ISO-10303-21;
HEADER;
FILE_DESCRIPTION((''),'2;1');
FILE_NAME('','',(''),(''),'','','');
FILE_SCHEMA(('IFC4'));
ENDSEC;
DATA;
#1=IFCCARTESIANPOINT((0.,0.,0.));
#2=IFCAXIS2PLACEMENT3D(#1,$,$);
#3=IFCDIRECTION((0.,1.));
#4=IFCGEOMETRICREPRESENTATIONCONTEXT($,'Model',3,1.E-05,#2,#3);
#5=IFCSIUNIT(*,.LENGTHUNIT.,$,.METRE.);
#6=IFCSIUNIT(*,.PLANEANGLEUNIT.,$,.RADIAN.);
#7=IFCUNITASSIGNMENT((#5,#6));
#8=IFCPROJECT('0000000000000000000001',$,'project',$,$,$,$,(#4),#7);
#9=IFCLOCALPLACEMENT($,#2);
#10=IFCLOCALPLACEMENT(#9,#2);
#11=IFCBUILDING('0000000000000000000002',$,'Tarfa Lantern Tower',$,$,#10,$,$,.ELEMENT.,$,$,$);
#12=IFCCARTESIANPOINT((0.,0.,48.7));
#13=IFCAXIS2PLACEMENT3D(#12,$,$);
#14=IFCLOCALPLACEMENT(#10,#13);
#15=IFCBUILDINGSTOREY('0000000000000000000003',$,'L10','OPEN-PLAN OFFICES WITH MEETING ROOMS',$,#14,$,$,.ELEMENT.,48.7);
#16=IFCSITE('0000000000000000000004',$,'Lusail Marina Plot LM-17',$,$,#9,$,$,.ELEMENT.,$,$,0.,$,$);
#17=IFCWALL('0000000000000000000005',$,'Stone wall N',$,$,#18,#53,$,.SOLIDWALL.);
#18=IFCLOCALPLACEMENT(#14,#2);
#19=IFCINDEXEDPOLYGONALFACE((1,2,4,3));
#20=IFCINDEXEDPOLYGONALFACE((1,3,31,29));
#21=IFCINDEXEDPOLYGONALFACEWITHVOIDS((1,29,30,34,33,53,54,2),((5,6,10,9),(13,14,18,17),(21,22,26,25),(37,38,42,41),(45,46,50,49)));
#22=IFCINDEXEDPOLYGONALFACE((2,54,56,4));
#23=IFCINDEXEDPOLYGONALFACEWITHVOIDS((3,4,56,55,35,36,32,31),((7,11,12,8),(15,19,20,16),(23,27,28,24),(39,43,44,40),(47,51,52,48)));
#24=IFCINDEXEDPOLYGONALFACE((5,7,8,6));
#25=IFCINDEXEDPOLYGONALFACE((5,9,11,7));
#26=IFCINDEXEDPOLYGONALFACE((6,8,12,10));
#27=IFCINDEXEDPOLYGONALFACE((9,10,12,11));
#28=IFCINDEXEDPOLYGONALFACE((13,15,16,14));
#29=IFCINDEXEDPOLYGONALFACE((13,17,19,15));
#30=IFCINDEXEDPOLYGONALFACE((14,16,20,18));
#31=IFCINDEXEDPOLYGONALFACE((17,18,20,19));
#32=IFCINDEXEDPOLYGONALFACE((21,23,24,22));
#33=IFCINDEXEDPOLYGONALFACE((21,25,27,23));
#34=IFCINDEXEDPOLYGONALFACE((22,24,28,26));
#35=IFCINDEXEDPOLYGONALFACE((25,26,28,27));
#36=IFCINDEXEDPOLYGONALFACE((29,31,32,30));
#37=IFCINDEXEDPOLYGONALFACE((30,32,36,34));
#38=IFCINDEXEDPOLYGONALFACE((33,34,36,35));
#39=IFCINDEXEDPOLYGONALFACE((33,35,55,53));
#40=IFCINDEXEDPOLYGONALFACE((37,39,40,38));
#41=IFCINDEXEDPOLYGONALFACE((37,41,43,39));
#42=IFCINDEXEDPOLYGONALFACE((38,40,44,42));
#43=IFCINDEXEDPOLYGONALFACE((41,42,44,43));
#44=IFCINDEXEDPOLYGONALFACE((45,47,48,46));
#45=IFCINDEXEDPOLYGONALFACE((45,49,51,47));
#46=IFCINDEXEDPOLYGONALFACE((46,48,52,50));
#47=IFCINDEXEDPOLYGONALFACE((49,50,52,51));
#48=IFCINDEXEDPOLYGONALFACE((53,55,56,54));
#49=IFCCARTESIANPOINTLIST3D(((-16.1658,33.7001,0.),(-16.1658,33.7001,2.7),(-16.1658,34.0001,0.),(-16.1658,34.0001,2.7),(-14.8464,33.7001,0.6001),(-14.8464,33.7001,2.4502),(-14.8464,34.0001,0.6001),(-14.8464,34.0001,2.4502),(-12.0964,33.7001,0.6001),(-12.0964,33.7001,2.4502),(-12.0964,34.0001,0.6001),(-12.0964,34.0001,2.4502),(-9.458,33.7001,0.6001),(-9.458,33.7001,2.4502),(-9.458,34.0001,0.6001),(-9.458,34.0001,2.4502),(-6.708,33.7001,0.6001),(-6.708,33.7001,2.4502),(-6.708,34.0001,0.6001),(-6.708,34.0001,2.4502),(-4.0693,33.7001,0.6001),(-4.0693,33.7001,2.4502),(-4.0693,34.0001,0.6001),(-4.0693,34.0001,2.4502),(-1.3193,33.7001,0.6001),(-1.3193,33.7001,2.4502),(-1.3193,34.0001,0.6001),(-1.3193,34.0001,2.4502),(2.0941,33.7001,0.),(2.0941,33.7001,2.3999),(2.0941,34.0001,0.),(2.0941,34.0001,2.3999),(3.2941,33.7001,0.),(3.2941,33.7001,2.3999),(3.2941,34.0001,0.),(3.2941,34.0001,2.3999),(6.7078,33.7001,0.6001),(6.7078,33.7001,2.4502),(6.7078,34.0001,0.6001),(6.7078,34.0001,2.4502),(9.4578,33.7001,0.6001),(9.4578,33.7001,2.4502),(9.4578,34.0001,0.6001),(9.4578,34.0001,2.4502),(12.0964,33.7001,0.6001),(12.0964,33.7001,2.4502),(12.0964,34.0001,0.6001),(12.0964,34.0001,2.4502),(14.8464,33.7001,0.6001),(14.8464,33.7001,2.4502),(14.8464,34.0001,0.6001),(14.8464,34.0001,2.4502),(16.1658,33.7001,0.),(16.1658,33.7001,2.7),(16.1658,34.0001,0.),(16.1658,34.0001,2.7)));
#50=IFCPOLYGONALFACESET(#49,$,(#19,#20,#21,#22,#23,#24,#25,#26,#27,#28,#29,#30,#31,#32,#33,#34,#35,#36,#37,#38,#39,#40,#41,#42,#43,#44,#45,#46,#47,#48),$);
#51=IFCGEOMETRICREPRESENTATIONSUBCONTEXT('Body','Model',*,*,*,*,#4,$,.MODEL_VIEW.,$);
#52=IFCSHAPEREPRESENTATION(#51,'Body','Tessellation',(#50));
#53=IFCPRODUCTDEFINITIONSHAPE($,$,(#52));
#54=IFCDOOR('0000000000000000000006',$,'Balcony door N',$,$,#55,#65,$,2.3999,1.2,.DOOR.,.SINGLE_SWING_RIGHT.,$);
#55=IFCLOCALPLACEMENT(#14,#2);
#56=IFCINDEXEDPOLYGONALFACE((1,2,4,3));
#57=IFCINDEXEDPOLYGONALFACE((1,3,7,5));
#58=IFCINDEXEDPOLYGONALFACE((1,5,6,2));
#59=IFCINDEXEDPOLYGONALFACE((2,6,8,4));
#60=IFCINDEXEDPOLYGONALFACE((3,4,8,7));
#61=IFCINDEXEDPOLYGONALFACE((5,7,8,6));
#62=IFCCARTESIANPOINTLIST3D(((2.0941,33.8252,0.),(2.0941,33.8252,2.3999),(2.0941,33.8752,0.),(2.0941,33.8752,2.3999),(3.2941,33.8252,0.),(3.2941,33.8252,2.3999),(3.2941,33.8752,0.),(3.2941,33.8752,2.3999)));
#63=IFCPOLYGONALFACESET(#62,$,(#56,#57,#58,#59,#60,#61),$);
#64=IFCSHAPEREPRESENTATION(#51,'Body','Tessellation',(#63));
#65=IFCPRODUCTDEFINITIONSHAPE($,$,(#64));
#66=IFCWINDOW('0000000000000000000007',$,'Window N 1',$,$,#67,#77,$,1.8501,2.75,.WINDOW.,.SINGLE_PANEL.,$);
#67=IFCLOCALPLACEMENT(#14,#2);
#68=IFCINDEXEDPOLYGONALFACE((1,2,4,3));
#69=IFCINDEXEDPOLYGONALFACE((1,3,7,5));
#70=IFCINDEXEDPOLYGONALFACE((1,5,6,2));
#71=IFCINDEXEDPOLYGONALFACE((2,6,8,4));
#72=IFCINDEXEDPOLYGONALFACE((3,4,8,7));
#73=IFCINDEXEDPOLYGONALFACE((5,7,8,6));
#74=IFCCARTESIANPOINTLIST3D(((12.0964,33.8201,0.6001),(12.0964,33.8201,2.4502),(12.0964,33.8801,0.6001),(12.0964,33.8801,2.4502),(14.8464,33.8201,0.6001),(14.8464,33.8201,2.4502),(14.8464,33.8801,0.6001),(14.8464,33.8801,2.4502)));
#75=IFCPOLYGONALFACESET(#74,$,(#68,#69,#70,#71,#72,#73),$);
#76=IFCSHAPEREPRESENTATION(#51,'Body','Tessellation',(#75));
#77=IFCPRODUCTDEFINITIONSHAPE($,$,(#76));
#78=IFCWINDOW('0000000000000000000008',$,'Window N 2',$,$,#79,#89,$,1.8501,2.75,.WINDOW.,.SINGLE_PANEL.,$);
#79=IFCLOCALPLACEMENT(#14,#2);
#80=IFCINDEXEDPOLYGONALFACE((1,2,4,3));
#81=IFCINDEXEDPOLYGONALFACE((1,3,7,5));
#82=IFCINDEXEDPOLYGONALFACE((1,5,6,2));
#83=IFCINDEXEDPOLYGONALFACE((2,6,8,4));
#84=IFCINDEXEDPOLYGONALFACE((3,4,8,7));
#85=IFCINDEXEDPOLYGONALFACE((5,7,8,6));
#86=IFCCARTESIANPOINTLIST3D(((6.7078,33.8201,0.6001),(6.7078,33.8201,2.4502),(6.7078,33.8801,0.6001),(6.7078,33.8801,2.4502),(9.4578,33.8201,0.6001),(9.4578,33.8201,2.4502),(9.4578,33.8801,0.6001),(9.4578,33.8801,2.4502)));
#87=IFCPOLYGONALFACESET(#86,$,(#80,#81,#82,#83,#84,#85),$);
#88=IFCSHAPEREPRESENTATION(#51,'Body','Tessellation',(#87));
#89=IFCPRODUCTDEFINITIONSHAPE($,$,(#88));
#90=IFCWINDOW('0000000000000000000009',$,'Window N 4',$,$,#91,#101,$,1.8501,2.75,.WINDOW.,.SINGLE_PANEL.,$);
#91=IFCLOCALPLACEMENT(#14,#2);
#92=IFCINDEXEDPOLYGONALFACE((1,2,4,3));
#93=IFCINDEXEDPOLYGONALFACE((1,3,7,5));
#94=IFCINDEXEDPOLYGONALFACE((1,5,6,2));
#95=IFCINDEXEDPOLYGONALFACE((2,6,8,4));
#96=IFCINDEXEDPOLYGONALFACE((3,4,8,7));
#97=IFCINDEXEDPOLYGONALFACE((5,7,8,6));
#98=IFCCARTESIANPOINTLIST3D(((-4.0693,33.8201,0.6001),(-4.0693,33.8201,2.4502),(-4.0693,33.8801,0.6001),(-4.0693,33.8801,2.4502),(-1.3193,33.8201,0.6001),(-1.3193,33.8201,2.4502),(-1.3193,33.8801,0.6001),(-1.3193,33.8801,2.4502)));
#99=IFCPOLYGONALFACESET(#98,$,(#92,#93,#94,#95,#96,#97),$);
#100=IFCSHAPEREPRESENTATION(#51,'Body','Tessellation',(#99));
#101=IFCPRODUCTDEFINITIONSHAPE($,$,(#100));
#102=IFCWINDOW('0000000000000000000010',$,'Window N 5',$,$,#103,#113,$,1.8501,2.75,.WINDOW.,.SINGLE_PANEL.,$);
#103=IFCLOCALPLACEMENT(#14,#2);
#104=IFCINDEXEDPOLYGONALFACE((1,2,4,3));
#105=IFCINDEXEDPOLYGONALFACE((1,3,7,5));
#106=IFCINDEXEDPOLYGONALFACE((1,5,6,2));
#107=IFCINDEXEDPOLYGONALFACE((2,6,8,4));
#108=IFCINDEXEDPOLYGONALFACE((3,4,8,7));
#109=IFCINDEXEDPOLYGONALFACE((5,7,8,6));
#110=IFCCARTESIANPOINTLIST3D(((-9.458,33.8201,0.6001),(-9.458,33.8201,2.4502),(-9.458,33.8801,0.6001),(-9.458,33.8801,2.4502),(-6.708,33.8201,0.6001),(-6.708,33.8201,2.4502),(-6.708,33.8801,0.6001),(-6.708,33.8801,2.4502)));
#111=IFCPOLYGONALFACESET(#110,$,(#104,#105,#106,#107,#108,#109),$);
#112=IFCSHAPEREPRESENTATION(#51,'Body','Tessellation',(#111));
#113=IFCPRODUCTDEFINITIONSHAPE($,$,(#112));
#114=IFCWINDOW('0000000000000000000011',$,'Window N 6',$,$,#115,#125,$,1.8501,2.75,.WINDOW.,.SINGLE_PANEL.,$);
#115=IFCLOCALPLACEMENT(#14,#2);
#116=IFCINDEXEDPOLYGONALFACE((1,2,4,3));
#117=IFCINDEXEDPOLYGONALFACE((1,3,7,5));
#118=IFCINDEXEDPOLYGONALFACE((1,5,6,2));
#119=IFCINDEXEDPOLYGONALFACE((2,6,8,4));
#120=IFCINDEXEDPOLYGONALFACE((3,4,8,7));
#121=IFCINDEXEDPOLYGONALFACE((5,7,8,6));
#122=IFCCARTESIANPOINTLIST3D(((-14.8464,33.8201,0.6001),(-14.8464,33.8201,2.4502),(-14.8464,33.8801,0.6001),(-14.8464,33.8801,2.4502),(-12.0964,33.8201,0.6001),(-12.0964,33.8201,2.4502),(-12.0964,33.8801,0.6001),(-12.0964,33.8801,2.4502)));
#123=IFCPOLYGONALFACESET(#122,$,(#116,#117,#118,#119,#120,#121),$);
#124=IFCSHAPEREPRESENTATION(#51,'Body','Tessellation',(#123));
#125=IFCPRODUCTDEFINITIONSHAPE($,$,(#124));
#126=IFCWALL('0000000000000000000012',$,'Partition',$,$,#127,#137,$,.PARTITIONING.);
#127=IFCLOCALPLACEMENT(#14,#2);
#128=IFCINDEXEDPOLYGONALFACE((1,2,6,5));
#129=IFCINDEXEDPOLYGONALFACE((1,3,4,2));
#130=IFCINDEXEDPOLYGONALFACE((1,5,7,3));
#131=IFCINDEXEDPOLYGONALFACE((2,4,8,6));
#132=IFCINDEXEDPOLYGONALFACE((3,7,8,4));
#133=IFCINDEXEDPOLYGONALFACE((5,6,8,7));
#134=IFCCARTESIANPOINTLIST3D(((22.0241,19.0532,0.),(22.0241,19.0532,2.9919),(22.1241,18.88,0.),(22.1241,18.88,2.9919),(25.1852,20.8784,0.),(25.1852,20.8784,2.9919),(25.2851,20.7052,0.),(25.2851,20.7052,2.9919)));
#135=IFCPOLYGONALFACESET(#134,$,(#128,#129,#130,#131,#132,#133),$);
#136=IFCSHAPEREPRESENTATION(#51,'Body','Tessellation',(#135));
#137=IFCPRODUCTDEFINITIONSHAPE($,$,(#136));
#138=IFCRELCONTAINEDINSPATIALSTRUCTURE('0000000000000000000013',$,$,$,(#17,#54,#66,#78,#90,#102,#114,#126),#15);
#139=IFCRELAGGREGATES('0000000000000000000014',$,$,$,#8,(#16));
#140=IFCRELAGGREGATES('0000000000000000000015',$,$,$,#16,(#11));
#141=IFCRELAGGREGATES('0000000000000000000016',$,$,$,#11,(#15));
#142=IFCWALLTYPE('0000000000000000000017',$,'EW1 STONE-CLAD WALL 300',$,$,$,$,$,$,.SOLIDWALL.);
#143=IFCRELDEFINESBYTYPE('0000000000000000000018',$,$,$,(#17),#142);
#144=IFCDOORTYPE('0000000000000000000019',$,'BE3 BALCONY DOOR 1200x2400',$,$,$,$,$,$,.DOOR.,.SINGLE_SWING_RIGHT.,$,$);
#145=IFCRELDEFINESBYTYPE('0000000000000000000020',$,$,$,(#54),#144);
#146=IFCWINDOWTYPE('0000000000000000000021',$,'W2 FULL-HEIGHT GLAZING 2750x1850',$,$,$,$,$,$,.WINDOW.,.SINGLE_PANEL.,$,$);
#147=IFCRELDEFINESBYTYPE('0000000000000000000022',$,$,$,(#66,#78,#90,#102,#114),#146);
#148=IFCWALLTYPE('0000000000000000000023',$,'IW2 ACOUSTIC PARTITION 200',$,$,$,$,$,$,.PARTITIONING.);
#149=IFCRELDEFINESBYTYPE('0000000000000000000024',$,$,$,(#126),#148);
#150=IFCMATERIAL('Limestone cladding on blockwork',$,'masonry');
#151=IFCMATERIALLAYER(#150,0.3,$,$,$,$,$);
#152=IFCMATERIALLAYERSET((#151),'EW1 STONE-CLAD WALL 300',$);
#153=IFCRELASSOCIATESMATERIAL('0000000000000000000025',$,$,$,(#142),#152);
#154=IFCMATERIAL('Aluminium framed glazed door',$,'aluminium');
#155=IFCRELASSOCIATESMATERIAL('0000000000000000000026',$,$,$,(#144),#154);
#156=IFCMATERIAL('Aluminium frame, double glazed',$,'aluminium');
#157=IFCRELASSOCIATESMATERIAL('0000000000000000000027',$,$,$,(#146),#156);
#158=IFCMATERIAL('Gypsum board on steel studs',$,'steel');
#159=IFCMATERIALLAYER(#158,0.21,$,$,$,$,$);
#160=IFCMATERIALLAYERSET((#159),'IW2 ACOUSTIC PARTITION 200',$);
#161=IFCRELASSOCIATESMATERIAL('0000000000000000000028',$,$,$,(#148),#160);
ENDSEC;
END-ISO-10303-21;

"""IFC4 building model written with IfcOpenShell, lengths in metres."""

from ifc_helpers import new_model, si_unit, direction, frame, frame_2d, origin, place, context, subcontext, project, spatial, rectangle, extrude, material, layer, layer_set, type_object, element, fill, save


model = new_model("IFC4")

# Units and contexts
model_context = context("Model", 3, precision=1e-05, world=origin(), true_north=direction((0.0, 1.0)))
body_context = subcontext(model_context, "Body", "Model", "MODEL_VIEW")
ifc_project = project(units=[si_unit("LENGTHUNIT", "METRE"), si_unit("PLANEANGLEUNIT", "RADIAN")], contexts=[model_context])

# Site, building, storey
site_placement = place(None, origin())
site = spatial("IfcSite", under=ifc_project, at=site_placement, Name="Lusail Marina Plot LM-17", CompositionType="ELEMENT", RefElevation=0.0)
building_placement = place(site_placement, origin())
building = spatial("IfcBuilding", under=site, at=building_placement, Name="Tarfa Lantern Tower", CompositionType="ELEMENT")
storey_placement = place(building_placement, frame((0.0, 0.0, 48.7)))
storey = spatial("IfcBuildingStorey", under=building, at=storey_placement, Name="L10", Description="OPEN-PLAN OFFICES WITH MEETING ROOMS", CompositionType="ELEMENT", Elevation=48.7)

# Wall, openings, door, windows
ifc_material_1 = material(Name="Limestone cladding on blockwork", Category="masonry")
ifc_layer_1 = layer(ifc_material_1, 0.3)
ifc_layer_set_1 = layer_set([ifc_layer_1], Name="EW1 STONE-CLAD WALL 300")
wall_type_1 = type_object("IfcWallType", Name="EW1 STONE-CLAD WALL 300", PredefinedType="SOLIDWALL", material=ifc_layer_set_1)
wall_1_placement = place(storey_placement, frame((16.1658, 33.8501, 0.0), z_axis=(0.0, 0.0, 1.0), x_axis=(-1.0, 0.0, 0.0)))
wall_1 = element("IfcWall", 1, at=wall_1_placement, inside=storey, type_object=wall_type_1, Name="Stone wall N", PredefinedType="SOLIDWALL", context=body_context, shape_type="SweptSolid", body=[
    extrude(rectangle(XDim=32.3315, YDim=0.3, at=frame_2d((16.1658, 0.0))), origin(), (0.0, 0.0, 1.0), 2.7),
])
opening_1_placement = place(wall_1_placement, frame((1.3193, 0.0, 0.6001)))
opening_1 = element("IfcOpeningElement", 2, at=opening_1_placement, cuts=wall_1, PredefinedType="OPENING", context=body_context, shape_type="SweptSolid", body=[
    extrude(rectangle(XDim=2.75, YDim=1.8501, at=frame_2d((1.375, 0.925))), frame((0.0, 0.1599, 0.0), z_axis=(0.0, -1.0, 0.0), x_axis=(1.0, 0.0, 0.0)), (0.0, 0.0, 1.0), 0.3201),
])
opening_2_placement = place(wall_1_placement, frame((6.708, 0.0, 0.6001)))
opening_2 = element("IfcOpeningElement", 3, at=opening_2_placement, cuts=wall_1, PredefinedType="OPENING", context=body_context, shape_type="SweptSolid", body=[
    extrude(rectangle(XDim=2.75, YDim=1.8501, at=frame_2d((1.375, 0.925))), frame((0.0, 0.1599, 0.0), z_axis=(0.0, -1.0, 0.0), x_axis=(1.0, 0.0, 0.0)), (0.0, 0.0, 1.0), 0.3201),
])
opening_3_placement = place(wall_1_placement, frame((12.8716, 0.0, 0.0)))
opening_3 = element("IfcOpeningElement", 4, at=opening_3_placement, cuts=wall_1, PredefinedType="OPENING", context=body_context, shape_type="SweptSolid", body=[
    extrude(rectangle(XDim=1.2, YDim=2.3999, at=frame_2d((0.6001, 1.2))), frame((0.0, 0.1599, 0.0), z_axis=(0.0, -1.0, 0.0), x_axis=(1.0, 0.0, 0.0)), (0.0, 0.0, 1.0), 0.3201),
])
opening_4_placement = place(wall_1_placement, frame((17.4851, 0.0, 0.6001)))
opening_4 = element("IfcOpeningElement", 5, at=opening_4_placement, cuts=wall_1, PredefinedType="OPENING", context=body_context, shape_type="SweptSolid", body=[
    extrude(rectangle(XDim=2.75, YDim=1.8501, at=frame_2d((1.375, 0.925))), frame((0.0, 0.1599, 0.0), z_axis=(0.0, -1.0, 0.0), x_axis=(1.0, 0.0, 0.0)), (0.0, 0.0, 1.0), 0.3201),
])
opening_5_placement = place(wall_1_placement, frame((22.8738, 0.0, 0.6001)))
opening_5 = element("IfcOpeningElement", 6, at=opening_5_placement, cuts=wall_1, PredefinedType="OPENING", context=body_context, shape_type="SweptSolid", body=[
    extrude(rectangle(XDim=2.75, YDim=1.8501, at=frame_2d((1.375, 0.925))), frame((0.0, 0.1599, 0.0), z_axis=(0.0, -1.0, 0.0), x_axis=(1.0, 0.0, 0.0)), (0.0, 0.0, 1.0), 0.3201),
])
opening_6_placement = place(wall_1_placement, frame((28.2622, 0.0, 0.6001)))
opening_6 = element("IfcOpeningElement", 7, at=opening_6_placement, cuts=wall_1, PredefinedType="OPENING", context=body_context, shape_type="SweptSolid", body=[
    extrude(rectangle(XDim=2.75, YDim=1.8501, at=frame_2d((1.375, 0.925))), frame((0.0, 0.1599, 0.0), z_axis=(0.0, -1.0, 0.0), x_axis=(1.0, 0.0, 0.0)), (0.0, 0.0, 1.0), 0.3201),
])
ifc_material_2 = material(Name="Aluminium framed glazed door", Category="aluminium")
door_type = type_object("IfcDoorType", Name="BE3 BALCONY DOOR 1200x2400", OperationType="SINGLE_SWING_RIGHT", PredefinedType="DOOR", material=ifc_material_2)
door_placement = place(opening_3_placement, origin())
door = element("IfcDoor", 8, at=door_placement, inside=storey, type_object=door_type, Name="Balcony door N", OperationType="SINGLE_SWING_RIGHT", OverallHeight=2.3999, OverallWidth=1.2, PredefinedType="DOOR", context=body_context, shape_type="SweptSolid", body=[
    extrude(rectangle(XDim=1.2, YDim=2.3999, at=frame_2d((0.6001, 1.2))), frame((0.0, 0.0249, 0.0), z_axis=(0.0, -1.0, 0.0), x_axis=(1.0, 0.0, 0.0)), (0.0, 0.0, 1.0), 0.05),
])
fill(opening_3, door)
ifc_material_3 = material(Name="Aluminium frame, double glazed", Category="aluminium")
window_type = type_object("IfcWindowType", Name="W2 FULL-HEIGHT GLAZING 2750x1850", PartitioningType="SINGLE_PANEL", PredefinedType="WINDOW", material=ifc_material_3)
window_1_placement = place(opening_1_placement, origin())
window_1 = element("IfcWindow", 9, at=window_1_placement, inside=storey, type_object=window_type, Name="Window N 1", OverallHeight=1.8501, OverallWidth=2.75, PartitioningType="SINGLE_PANEL", PredefinedType="WINDOW", context=body_context, shape_type="SweptSolid", body=[
    extrude(rectangle(XDim=2.75, YDim=1.8501, at=frame_2d((1.375, 0.925))), frame((0.0, 0.03, 0.0), z_axis=(0.0, -1.0, 0.0), x_axis=(1.0, 0.0, 0.0)), (0.0, 0.0, 1.0), 0.0601),
])
fill(opening_1, window_1)
window_2_placement = place(opening_2_placement, origin())
window_2 = element("IfcWindow", 10, at=window_2_placement, inside=storey, type_object=window_type, Name="Window N 2", OverallHeight=1.8501, OverallWidth=2.75, PartitioningType="SINGLE_PANEL", PredefinedType="WINDOW", context=body_context, shape_type="SweptSolid", body=[
    extrude(rectangle(XDim=2.75, YDim=1.8501, at=frame_2d((1.375, 0.925))), frame((0.0, 0.03, 0.0), z_axis=(0.0, -1.0, 0.0), x_axis=(1.0, 0.0, 0.0)), (0.0, 0.0, 1.0), 0.0601),
])
fill(opening_2, window_2)
window_3_placement = place(opening_4_placement, origin())
window_3 = element("IfcWindow", 11, at=window_3_placement, inside=storey, type_object=window_type, Name="Window N 4", OverallHeight=1.8501, OverallWidth=2.75, PartitioningType="SINGLE_PANEL", PredefinedType="WINDOW", context=body_context, shape_type="SweptSolid", body=[
    extrude(rectangle(XDim=2.75, YDim=1.8501, at=frame_2d((1.375, 0.925))), frame((0.0, 0.03, 0.0), z_axis=(0.0, -1.0, 0.0), x_axis=(1.0, 0.0, 0.0)), (0.0, 0.0, 1.0), 0.0601),
])
fill(opening_4, window_3)
window_4_placement = place(opening_5_placement, origin())
window_4 = element("IfcWindow", 12, at=window_4_placement, inside=storey, type_object=window_type, Name="Window N 5", OverallHeight=1.8501, OverallWidth=2.75, PartitioningType="SINGLE_PANEL", PredefinedType="WINDOW", context=body_context, shape_type="SweptSolid", body=[
    extrude(rectangle(XDim=2.75, YDim=1.8501, at=frame_2d((1.375, 0.925))), frame((0.0, 0.03, 0.0), z_axis=(0.0, -1.0, 0.0), x_axis=(1.0, 0.0, 0.0)), (0.0, 0.0, 1.0), 0.0601),
])
fill(opening_5, window_4)
window_5_placement = place(opening_6_placement, origin())
window_5 = element("IfcWindow", 13, at=window_5_placement, inside=storey, type_object=window_type, Name="Window N 6", OverallHeight=1.8501, OverallWidth=2.75, PartitioningType="SINGLE_PANEL", PredefinedType="WINDOW", context=body_context, shape_type="SweptSolid", body=[
    extrude(rectangle(XDim=2.75, YDim=1.8501, at=frame_2d((1.375, 0.925))), frame((0.0, 0.03, 0.0), z_axis=(0.0, -1.0, 0.0), x_axis=(1.0, 0.0, 0.0)), (0.0, 0.0, 1.0), 0.0601),
])
fill(opening_6, window_5)

# Wall
ifc_material_4 = material(Name="Gypsum board on steel studs", Category="steel")
ifc_layer_2 = layer(ifc_material_4, 0.21)
ifc_layer_set_2 = layer_set([ifc_layer_2], Name="IW2 ACOUSTIC PARTITION 200")
wall_type_2 = type_object("IfcWallType", Name="IW2 ACOUSTIC PARTITION 200", PredefinedType="PARTITIONING", material=ifc_layer_set_2)
wall_2_placement = place(storey_placement, frame((22.074, 18.9666, 0.0), z_axis=(0.0, 0.0, 1.0), x_axis=(0.866012, 0.500024, 0.0)))
element("IfcWall", 14, at=wall_2_placement, inside=storey, type_object=wall_type_2, Name="Partition", PredefinedType="PARTITIONING", context=body_context, shape_type="SweptSolid", body=[
    extrude(rectangle(XDim=3.6501, YDim=0.2, at=frame_2d((1.8252, 0.0))), origin(), (0.0, 0.0, 1.0), 2.9919),
])

save(model, "model.ifc")
